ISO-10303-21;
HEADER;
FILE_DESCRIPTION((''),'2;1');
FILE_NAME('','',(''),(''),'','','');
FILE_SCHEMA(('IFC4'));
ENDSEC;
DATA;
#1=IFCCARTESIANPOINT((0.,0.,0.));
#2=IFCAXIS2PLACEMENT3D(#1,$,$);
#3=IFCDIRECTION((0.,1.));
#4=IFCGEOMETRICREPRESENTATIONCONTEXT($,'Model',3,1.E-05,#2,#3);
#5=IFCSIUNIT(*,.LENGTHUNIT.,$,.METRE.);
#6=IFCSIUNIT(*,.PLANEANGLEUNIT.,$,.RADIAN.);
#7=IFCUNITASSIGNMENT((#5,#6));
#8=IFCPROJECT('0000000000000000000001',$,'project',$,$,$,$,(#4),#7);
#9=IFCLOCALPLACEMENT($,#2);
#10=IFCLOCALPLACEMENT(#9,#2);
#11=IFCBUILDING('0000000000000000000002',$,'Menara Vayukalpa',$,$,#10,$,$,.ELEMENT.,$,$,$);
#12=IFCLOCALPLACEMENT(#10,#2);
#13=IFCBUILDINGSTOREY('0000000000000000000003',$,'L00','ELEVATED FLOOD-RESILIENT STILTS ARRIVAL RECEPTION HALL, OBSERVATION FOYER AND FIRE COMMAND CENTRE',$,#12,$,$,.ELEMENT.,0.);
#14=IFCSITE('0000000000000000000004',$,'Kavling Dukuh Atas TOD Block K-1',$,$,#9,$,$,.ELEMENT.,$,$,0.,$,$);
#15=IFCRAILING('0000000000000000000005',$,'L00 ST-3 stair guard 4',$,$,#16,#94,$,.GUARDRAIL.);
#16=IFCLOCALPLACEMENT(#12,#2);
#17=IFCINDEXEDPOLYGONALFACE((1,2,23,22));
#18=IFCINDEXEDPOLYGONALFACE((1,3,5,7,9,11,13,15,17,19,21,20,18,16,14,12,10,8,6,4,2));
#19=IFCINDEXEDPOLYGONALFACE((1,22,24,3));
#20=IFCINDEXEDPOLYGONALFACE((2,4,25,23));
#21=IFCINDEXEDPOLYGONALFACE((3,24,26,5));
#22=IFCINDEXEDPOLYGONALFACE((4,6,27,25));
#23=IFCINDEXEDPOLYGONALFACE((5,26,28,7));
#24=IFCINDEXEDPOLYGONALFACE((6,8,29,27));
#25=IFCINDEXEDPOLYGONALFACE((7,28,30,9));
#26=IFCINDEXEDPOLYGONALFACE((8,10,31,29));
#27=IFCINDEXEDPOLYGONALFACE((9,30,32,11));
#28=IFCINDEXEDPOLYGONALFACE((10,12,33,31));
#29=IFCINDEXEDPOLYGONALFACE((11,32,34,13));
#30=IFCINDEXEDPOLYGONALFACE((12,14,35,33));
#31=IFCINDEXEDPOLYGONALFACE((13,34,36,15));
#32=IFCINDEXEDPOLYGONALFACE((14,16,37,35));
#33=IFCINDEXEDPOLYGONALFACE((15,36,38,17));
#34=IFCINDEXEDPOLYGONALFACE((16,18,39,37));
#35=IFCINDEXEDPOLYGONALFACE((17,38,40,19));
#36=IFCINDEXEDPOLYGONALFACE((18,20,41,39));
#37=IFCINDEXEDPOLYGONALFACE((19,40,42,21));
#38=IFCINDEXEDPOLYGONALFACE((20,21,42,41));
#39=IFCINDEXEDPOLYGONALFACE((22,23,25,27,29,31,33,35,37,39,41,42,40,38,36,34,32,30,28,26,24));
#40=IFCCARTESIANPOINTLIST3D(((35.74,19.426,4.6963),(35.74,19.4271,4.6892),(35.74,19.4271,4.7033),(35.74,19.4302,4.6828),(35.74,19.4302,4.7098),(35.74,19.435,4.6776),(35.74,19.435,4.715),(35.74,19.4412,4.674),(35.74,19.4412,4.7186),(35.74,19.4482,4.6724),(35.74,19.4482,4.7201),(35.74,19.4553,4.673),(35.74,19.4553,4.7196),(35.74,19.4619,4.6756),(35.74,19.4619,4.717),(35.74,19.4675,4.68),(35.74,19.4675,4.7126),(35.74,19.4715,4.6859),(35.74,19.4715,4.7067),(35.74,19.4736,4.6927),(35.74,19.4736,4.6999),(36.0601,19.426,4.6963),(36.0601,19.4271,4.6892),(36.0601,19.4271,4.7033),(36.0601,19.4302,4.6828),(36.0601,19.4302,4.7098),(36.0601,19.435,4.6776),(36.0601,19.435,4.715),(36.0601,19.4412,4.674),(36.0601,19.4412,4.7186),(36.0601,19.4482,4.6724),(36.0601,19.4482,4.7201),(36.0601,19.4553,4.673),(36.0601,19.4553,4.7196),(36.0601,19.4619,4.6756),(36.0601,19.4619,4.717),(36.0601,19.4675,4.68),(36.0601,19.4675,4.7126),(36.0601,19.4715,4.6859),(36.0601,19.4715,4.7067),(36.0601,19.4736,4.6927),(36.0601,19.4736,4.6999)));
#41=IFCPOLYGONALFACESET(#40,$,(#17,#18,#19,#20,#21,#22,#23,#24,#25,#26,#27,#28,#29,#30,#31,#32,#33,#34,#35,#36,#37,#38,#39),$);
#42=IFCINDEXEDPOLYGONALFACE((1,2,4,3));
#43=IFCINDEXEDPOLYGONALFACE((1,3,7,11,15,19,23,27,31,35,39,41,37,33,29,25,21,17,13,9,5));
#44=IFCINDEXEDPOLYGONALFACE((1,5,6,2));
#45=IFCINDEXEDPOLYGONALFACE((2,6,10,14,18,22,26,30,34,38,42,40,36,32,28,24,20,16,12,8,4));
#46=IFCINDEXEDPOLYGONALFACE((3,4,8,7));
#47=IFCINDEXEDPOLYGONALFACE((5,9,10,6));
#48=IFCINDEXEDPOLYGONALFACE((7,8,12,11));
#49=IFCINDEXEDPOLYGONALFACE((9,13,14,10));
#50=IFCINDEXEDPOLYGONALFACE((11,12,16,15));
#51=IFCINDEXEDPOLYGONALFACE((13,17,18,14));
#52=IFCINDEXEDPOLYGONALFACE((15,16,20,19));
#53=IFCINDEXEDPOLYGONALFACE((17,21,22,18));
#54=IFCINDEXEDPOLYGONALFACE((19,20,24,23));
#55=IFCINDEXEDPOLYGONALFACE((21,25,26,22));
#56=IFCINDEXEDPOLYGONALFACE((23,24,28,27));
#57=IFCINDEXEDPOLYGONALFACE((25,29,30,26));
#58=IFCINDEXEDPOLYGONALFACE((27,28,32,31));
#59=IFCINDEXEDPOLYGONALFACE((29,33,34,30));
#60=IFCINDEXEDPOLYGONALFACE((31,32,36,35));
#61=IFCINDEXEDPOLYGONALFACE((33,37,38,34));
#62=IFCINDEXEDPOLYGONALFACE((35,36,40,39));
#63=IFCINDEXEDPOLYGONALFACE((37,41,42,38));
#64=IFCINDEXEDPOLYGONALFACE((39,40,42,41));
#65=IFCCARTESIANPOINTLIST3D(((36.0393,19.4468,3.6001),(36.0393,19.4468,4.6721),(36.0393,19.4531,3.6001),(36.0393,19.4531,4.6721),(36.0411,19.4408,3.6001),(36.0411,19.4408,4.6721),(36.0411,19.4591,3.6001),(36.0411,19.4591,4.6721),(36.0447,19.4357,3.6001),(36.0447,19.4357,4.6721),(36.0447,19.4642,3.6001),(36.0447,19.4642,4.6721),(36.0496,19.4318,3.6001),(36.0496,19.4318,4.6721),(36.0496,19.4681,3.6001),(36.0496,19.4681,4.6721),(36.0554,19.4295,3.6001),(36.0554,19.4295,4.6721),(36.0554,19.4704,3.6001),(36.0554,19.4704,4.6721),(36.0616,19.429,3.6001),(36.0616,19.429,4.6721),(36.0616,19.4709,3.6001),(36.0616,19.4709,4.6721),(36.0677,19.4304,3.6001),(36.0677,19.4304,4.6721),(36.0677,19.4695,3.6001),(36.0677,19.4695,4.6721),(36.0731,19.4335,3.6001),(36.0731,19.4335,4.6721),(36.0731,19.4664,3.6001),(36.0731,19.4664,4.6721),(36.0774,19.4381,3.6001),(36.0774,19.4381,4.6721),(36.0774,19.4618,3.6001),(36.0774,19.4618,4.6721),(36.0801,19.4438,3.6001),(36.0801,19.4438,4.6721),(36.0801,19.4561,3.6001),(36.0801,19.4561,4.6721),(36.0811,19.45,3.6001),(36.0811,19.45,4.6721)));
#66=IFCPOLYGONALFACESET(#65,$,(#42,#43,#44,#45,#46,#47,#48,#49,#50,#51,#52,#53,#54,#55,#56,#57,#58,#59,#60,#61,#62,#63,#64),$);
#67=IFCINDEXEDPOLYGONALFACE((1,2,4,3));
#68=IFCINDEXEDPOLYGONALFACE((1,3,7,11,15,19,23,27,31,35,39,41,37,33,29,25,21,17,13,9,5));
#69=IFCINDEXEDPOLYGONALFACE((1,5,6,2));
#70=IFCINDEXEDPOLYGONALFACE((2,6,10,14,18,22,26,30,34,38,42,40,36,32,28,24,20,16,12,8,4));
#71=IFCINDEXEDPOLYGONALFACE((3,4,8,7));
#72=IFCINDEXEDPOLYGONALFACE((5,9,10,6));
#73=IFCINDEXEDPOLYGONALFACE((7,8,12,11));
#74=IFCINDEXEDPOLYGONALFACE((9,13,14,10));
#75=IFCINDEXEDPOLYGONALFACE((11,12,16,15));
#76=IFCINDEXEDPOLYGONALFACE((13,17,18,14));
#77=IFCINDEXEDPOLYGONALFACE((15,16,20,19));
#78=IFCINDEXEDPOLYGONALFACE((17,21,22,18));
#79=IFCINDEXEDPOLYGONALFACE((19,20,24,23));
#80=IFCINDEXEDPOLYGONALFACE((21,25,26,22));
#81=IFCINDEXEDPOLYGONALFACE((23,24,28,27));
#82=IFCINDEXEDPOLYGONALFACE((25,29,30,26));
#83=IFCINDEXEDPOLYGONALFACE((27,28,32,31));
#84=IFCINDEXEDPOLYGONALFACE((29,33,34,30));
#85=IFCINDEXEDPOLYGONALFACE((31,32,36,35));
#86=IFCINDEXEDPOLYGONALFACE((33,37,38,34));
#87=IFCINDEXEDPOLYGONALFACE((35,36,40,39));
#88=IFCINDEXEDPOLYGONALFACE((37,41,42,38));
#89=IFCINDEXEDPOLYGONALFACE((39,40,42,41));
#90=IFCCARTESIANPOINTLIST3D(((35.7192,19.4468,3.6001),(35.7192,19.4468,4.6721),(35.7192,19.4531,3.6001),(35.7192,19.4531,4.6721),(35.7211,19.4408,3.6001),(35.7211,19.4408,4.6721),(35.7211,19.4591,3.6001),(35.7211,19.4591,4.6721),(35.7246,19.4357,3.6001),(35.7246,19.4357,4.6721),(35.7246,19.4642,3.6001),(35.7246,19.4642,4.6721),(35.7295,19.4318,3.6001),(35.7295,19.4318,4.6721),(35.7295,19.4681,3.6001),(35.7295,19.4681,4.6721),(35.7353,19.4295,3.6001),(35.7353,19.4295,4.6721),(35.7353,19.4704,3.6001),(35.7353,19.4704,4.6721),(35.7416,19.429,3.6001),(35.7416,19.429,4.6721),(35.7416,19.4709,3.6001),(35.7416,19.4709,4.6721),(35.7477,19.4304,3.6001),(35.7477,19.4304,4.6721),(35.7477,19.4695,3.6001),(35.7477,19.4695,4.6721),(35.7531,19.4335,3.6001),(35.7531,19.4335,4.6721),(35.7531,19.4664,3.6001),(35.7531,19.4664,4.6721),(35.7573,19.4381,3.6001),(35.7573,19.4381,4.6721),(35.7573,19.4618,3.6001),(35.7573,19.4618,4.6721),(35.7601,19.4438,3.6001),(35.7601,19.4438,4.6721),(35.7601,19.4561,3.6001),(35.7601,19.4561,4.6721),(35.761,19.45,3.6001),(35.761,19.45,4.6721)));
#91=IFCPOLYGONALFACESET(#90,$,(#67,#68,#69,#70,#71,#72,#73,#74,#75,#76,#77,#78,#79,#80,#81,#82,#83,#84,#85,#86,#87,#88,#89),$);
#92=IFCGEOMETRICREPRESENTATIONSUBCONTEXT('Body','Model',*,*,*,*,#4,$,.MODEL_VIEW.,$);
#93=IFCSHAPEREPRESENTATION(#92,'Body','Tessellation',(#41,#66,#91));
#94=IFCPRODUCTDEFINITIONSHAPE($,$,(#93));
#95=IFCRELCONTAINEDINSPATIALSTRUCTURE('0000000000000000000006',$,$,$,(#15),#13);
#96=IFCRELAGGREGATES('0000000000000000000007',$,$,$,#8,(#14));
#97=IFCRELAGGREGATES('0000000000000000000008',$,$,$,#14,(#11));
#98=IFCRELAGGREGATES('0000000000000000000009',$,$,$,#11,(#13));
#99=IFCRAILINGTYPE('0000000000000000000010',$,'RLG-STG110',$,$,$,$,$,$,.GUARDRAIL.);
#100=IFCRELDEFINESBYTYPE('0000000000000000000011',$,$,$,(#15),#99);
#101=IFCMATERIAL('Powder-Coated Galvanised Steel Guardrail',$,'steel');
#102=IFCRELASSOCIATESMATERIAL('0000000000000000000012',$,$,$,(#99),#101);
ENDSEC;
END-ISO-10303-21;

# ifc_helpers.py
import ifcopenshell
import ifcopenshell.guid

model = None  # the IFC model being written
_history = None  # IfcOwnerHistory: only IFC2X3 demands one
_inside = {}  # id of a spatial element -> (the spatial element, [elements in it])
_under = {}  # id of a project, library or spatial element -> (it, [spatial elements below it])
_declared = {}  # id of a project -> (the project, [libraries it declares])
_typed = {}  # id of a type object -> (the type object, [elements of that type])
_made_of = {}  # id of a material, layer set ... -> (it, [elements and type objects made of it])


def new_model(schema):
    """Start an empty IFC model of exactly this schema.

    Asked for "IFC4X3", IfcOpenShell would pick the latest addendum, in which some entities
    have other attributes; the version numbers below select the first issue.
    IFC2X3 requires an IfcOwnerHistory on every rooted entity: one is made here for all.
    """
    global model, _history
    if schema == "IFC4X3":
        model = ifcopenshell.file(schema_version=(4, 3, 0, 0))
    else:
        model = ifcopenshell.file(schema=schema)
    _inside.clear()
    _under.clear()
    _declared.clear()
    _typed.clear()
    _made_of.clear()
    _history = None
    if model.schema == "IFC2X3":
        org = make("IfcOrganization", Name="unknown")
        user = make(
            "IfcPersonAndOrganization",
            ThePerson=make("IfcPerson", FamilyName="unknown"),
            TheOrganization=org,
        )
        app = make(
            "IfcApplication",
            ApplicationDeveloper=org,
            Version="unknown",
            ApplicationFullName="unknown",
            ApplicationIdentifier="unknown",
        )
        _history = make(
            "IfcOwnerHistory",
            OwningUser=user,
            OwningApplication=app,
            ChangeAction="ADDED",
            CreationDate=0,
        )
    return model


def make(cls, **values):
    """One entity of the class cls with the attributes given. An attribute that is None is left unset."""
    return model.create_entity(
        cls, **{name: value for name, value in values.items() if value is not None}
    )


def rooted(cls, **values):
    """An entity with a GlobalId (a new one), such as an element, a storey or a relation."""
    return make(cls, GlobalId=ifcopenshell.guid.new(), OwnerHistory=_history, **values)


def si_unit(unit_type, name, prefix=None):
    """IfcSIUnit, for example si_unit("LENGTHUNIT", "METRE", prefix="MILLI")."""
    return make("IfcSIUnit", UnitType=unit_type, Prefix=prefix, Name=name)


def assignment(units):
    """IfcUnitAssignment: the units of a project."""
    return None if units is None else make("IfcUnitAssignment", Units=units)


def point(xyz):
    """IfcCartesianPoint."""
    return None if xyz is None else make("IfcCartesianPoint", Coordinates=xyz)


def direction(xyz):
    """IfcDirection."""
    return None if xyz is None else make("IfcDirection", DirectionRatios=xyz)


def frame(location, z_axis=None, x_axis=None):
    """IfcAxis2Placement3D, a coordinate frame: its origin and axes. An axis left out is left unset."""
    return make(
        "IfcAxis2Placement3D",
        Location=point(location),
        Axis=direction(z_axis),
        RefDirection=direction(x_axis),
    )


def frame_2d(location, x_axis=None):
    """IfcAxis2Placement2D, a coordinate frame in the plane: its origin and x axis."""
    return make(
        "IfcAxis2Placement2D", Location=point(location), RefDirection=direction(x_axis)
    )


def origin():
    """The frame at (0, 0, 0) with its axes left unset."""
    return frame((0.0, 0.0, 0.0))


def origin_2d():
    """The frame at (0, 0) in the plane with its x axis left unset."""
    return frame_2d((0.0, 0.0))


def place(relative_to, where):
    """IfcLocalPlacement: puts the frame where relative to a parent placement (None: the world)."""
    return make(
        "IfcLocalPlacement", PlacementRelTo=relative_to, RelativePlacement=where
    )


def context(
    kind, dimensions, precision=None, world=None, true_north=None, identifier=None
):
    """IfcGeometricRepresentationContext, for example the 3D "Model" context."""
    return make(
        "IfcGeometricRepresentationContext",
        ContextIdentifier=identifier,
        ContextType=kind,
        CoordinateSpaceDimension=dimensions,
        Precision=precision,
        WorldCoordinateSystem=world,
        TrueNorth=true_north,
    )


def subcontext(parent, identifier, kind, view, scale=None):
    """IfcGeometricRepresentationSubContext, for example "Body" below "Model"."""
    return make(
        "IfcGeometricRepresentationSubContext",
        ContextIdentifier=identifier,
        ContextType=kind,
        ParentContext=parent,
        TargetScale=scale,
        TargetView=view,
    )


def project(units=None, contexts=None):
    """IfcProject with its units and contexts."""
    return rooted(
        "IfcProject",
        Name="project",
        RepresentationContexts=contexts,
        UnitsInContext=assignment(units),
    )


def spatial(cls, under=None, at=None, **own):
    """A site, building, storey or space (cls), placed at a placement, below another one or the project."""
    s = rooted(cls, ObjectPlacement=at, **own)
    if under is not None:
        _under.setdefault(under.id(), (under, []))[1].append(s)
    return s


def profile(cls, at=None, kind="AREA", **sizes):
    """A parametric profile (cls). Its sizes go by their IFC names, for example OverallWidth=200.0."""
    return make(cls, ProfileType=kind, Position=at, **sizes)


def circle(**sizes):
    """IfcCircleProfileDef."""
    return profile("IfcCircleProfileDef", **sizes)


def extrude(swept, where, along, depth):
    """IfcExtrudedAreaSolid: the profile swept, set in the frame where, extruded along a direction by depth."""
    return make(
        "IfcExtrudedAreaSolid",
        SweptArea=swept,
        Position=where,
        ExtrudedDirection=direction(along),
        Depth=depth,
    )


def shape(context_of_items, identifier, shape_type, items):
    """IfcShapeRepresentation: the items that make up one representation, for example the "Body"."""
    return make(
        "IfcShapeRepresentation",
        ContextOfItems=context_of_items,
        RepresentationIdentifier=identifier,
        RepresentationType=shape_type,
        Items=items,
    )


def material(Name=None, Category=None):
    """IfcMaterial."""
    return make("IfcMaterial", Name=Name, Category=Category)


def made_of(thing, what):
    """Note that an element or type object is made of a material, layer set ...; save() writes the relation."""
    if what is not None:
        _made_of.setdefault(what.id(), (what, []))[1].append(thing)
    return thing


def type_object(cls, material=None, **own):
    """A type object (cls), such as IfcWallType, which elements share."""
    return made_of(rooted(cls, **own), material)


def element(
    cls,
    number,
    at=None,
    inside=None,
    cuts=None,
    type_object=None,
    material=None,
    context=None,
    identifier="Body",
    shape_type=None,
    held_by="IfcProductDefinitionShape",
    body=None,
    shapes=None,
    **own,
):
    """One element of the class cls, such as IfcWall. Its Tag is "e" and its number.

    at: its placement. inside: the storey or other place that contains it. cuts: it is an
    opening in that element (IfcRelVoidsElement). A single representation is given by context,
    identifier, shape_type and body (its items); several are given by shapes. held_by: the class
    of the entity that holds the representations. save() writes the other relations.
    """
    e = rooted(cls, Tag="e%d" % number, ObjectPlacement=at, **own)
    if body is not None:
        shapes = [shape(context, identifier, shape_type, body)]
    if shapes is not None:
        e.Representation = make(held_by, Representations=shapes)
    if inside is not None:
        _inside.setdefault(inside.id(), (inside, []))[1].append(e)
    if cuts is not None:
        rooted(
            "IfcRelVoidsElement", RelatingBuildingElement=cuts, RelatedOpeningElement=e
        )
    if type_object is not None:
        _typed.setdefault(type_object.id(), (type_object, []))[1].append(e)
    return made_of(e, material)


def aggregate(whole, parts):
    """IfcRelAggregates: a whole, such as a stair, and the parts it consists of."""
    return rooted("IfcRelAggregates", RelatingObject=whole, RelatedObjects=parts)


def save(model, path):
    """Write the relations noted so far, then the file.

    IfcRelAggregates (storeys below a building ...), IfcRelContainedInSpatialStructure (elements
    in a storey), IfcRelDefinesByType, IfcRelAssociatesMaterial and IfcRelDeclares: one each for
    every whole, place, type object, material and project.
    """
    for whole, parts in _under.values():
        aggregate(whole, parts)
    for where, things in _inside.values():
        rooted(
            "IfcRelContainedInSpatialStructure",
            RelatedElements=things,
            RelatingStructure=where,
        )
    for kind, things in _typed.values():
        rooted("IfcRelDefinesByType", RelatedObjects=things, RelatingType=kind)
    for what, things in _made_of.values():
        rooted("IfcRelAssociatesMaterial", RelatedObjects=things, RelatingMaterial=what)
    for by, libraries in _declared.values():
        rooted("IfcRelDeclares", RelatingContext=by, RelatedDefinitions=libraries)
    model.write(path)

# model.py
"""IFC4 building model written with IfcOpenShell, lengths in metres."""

from ifc_helpers import new_model, si_unit, direction, frame, origin, origin_2d, place, context, subcontext, project, spatial, circle, extrude, material, type_object, element, save


model = new_model("IFC4")

# Units and contexts
model_context = context("Model", 3, precision=1e-05, world=origin(), true_north=direction((0.0, 1.0)))
body_context = subcontext(model_context, "Body", "Model", "MODEL_VIEW")
ifc_project = project(units=[si_unit("LENGTHUNIT", "METRE"), si_unit("PLANEANGLEUNIT", "RADIAN")], contexts=[model_context])

# Site, building, storey
site_placement = place(None, origin())
site = spatial("IfcSite", under=ifc_project, at=site_placement, Name="Kavling Dukuh Atas TOD Block K-1", CompositionType="ELEMENT", RefElevation=0.0)
building_placement = place(site_placement, origin())
building = spatial("IfcBuilding", under=site, at=building_placement, Name="Menara Vayukalpa", CompositionType="ELEMENT")
storey_placement = place(building_placement, origin())
storey = spatial("IfcBuildingStorey", under=building, at=storey_placement, Name="L00", Description="ELEVATED FLOOD-RESILIENT STILTS ARRIVAL RECEPTION HALL, OBSERVATION FOYER AND FIRE COMMAND CENTRE", CompositionType="ELEMENT", Elevation=0.0)

# Railing
ifc_material_1 = material(Name="Powder-Coated Galvanised Steel Guardrail", Category="steel")
railing_type_1 = type_object("IfcRailingType", Name="RLG-STG110", PredefinedType="GUARDRAIL", material=ifc_material_1)
railing_1_placement = place(storey_placement, frame((36.0601, 19.45, 3.6001)))
element("IfcRailing", 1, at=railing_1_placement, inside=storey, type_object=railing_type_1, Name="L00 ST-3 stair guard 4", PredefinedType="GUARDRAIL", context=body_context, shape_type="SweptSolid", body=[
    extrude(circle(Radius=0.0239, at=origin_2d()), frame((0.0, 0.0, 1.0962), z_axis=(-1.0, 0.0, 0.0), x_axis=(0.0, -1.0, 0.0)), (0.0, 0.0, 1.0), 0.3201),
    extrude(circle(Radius=0.021, at=origin_2d()), origin(), (0.0, 0.0, 1.0), 1.072),
    extrude(circle(Radius=0.021, at=origin_2d()), frame((-0.3201, 0.0, 0.0)), (0.0, 0.0, 1.0), 1.072),
])

save(model, "model.ifc")
